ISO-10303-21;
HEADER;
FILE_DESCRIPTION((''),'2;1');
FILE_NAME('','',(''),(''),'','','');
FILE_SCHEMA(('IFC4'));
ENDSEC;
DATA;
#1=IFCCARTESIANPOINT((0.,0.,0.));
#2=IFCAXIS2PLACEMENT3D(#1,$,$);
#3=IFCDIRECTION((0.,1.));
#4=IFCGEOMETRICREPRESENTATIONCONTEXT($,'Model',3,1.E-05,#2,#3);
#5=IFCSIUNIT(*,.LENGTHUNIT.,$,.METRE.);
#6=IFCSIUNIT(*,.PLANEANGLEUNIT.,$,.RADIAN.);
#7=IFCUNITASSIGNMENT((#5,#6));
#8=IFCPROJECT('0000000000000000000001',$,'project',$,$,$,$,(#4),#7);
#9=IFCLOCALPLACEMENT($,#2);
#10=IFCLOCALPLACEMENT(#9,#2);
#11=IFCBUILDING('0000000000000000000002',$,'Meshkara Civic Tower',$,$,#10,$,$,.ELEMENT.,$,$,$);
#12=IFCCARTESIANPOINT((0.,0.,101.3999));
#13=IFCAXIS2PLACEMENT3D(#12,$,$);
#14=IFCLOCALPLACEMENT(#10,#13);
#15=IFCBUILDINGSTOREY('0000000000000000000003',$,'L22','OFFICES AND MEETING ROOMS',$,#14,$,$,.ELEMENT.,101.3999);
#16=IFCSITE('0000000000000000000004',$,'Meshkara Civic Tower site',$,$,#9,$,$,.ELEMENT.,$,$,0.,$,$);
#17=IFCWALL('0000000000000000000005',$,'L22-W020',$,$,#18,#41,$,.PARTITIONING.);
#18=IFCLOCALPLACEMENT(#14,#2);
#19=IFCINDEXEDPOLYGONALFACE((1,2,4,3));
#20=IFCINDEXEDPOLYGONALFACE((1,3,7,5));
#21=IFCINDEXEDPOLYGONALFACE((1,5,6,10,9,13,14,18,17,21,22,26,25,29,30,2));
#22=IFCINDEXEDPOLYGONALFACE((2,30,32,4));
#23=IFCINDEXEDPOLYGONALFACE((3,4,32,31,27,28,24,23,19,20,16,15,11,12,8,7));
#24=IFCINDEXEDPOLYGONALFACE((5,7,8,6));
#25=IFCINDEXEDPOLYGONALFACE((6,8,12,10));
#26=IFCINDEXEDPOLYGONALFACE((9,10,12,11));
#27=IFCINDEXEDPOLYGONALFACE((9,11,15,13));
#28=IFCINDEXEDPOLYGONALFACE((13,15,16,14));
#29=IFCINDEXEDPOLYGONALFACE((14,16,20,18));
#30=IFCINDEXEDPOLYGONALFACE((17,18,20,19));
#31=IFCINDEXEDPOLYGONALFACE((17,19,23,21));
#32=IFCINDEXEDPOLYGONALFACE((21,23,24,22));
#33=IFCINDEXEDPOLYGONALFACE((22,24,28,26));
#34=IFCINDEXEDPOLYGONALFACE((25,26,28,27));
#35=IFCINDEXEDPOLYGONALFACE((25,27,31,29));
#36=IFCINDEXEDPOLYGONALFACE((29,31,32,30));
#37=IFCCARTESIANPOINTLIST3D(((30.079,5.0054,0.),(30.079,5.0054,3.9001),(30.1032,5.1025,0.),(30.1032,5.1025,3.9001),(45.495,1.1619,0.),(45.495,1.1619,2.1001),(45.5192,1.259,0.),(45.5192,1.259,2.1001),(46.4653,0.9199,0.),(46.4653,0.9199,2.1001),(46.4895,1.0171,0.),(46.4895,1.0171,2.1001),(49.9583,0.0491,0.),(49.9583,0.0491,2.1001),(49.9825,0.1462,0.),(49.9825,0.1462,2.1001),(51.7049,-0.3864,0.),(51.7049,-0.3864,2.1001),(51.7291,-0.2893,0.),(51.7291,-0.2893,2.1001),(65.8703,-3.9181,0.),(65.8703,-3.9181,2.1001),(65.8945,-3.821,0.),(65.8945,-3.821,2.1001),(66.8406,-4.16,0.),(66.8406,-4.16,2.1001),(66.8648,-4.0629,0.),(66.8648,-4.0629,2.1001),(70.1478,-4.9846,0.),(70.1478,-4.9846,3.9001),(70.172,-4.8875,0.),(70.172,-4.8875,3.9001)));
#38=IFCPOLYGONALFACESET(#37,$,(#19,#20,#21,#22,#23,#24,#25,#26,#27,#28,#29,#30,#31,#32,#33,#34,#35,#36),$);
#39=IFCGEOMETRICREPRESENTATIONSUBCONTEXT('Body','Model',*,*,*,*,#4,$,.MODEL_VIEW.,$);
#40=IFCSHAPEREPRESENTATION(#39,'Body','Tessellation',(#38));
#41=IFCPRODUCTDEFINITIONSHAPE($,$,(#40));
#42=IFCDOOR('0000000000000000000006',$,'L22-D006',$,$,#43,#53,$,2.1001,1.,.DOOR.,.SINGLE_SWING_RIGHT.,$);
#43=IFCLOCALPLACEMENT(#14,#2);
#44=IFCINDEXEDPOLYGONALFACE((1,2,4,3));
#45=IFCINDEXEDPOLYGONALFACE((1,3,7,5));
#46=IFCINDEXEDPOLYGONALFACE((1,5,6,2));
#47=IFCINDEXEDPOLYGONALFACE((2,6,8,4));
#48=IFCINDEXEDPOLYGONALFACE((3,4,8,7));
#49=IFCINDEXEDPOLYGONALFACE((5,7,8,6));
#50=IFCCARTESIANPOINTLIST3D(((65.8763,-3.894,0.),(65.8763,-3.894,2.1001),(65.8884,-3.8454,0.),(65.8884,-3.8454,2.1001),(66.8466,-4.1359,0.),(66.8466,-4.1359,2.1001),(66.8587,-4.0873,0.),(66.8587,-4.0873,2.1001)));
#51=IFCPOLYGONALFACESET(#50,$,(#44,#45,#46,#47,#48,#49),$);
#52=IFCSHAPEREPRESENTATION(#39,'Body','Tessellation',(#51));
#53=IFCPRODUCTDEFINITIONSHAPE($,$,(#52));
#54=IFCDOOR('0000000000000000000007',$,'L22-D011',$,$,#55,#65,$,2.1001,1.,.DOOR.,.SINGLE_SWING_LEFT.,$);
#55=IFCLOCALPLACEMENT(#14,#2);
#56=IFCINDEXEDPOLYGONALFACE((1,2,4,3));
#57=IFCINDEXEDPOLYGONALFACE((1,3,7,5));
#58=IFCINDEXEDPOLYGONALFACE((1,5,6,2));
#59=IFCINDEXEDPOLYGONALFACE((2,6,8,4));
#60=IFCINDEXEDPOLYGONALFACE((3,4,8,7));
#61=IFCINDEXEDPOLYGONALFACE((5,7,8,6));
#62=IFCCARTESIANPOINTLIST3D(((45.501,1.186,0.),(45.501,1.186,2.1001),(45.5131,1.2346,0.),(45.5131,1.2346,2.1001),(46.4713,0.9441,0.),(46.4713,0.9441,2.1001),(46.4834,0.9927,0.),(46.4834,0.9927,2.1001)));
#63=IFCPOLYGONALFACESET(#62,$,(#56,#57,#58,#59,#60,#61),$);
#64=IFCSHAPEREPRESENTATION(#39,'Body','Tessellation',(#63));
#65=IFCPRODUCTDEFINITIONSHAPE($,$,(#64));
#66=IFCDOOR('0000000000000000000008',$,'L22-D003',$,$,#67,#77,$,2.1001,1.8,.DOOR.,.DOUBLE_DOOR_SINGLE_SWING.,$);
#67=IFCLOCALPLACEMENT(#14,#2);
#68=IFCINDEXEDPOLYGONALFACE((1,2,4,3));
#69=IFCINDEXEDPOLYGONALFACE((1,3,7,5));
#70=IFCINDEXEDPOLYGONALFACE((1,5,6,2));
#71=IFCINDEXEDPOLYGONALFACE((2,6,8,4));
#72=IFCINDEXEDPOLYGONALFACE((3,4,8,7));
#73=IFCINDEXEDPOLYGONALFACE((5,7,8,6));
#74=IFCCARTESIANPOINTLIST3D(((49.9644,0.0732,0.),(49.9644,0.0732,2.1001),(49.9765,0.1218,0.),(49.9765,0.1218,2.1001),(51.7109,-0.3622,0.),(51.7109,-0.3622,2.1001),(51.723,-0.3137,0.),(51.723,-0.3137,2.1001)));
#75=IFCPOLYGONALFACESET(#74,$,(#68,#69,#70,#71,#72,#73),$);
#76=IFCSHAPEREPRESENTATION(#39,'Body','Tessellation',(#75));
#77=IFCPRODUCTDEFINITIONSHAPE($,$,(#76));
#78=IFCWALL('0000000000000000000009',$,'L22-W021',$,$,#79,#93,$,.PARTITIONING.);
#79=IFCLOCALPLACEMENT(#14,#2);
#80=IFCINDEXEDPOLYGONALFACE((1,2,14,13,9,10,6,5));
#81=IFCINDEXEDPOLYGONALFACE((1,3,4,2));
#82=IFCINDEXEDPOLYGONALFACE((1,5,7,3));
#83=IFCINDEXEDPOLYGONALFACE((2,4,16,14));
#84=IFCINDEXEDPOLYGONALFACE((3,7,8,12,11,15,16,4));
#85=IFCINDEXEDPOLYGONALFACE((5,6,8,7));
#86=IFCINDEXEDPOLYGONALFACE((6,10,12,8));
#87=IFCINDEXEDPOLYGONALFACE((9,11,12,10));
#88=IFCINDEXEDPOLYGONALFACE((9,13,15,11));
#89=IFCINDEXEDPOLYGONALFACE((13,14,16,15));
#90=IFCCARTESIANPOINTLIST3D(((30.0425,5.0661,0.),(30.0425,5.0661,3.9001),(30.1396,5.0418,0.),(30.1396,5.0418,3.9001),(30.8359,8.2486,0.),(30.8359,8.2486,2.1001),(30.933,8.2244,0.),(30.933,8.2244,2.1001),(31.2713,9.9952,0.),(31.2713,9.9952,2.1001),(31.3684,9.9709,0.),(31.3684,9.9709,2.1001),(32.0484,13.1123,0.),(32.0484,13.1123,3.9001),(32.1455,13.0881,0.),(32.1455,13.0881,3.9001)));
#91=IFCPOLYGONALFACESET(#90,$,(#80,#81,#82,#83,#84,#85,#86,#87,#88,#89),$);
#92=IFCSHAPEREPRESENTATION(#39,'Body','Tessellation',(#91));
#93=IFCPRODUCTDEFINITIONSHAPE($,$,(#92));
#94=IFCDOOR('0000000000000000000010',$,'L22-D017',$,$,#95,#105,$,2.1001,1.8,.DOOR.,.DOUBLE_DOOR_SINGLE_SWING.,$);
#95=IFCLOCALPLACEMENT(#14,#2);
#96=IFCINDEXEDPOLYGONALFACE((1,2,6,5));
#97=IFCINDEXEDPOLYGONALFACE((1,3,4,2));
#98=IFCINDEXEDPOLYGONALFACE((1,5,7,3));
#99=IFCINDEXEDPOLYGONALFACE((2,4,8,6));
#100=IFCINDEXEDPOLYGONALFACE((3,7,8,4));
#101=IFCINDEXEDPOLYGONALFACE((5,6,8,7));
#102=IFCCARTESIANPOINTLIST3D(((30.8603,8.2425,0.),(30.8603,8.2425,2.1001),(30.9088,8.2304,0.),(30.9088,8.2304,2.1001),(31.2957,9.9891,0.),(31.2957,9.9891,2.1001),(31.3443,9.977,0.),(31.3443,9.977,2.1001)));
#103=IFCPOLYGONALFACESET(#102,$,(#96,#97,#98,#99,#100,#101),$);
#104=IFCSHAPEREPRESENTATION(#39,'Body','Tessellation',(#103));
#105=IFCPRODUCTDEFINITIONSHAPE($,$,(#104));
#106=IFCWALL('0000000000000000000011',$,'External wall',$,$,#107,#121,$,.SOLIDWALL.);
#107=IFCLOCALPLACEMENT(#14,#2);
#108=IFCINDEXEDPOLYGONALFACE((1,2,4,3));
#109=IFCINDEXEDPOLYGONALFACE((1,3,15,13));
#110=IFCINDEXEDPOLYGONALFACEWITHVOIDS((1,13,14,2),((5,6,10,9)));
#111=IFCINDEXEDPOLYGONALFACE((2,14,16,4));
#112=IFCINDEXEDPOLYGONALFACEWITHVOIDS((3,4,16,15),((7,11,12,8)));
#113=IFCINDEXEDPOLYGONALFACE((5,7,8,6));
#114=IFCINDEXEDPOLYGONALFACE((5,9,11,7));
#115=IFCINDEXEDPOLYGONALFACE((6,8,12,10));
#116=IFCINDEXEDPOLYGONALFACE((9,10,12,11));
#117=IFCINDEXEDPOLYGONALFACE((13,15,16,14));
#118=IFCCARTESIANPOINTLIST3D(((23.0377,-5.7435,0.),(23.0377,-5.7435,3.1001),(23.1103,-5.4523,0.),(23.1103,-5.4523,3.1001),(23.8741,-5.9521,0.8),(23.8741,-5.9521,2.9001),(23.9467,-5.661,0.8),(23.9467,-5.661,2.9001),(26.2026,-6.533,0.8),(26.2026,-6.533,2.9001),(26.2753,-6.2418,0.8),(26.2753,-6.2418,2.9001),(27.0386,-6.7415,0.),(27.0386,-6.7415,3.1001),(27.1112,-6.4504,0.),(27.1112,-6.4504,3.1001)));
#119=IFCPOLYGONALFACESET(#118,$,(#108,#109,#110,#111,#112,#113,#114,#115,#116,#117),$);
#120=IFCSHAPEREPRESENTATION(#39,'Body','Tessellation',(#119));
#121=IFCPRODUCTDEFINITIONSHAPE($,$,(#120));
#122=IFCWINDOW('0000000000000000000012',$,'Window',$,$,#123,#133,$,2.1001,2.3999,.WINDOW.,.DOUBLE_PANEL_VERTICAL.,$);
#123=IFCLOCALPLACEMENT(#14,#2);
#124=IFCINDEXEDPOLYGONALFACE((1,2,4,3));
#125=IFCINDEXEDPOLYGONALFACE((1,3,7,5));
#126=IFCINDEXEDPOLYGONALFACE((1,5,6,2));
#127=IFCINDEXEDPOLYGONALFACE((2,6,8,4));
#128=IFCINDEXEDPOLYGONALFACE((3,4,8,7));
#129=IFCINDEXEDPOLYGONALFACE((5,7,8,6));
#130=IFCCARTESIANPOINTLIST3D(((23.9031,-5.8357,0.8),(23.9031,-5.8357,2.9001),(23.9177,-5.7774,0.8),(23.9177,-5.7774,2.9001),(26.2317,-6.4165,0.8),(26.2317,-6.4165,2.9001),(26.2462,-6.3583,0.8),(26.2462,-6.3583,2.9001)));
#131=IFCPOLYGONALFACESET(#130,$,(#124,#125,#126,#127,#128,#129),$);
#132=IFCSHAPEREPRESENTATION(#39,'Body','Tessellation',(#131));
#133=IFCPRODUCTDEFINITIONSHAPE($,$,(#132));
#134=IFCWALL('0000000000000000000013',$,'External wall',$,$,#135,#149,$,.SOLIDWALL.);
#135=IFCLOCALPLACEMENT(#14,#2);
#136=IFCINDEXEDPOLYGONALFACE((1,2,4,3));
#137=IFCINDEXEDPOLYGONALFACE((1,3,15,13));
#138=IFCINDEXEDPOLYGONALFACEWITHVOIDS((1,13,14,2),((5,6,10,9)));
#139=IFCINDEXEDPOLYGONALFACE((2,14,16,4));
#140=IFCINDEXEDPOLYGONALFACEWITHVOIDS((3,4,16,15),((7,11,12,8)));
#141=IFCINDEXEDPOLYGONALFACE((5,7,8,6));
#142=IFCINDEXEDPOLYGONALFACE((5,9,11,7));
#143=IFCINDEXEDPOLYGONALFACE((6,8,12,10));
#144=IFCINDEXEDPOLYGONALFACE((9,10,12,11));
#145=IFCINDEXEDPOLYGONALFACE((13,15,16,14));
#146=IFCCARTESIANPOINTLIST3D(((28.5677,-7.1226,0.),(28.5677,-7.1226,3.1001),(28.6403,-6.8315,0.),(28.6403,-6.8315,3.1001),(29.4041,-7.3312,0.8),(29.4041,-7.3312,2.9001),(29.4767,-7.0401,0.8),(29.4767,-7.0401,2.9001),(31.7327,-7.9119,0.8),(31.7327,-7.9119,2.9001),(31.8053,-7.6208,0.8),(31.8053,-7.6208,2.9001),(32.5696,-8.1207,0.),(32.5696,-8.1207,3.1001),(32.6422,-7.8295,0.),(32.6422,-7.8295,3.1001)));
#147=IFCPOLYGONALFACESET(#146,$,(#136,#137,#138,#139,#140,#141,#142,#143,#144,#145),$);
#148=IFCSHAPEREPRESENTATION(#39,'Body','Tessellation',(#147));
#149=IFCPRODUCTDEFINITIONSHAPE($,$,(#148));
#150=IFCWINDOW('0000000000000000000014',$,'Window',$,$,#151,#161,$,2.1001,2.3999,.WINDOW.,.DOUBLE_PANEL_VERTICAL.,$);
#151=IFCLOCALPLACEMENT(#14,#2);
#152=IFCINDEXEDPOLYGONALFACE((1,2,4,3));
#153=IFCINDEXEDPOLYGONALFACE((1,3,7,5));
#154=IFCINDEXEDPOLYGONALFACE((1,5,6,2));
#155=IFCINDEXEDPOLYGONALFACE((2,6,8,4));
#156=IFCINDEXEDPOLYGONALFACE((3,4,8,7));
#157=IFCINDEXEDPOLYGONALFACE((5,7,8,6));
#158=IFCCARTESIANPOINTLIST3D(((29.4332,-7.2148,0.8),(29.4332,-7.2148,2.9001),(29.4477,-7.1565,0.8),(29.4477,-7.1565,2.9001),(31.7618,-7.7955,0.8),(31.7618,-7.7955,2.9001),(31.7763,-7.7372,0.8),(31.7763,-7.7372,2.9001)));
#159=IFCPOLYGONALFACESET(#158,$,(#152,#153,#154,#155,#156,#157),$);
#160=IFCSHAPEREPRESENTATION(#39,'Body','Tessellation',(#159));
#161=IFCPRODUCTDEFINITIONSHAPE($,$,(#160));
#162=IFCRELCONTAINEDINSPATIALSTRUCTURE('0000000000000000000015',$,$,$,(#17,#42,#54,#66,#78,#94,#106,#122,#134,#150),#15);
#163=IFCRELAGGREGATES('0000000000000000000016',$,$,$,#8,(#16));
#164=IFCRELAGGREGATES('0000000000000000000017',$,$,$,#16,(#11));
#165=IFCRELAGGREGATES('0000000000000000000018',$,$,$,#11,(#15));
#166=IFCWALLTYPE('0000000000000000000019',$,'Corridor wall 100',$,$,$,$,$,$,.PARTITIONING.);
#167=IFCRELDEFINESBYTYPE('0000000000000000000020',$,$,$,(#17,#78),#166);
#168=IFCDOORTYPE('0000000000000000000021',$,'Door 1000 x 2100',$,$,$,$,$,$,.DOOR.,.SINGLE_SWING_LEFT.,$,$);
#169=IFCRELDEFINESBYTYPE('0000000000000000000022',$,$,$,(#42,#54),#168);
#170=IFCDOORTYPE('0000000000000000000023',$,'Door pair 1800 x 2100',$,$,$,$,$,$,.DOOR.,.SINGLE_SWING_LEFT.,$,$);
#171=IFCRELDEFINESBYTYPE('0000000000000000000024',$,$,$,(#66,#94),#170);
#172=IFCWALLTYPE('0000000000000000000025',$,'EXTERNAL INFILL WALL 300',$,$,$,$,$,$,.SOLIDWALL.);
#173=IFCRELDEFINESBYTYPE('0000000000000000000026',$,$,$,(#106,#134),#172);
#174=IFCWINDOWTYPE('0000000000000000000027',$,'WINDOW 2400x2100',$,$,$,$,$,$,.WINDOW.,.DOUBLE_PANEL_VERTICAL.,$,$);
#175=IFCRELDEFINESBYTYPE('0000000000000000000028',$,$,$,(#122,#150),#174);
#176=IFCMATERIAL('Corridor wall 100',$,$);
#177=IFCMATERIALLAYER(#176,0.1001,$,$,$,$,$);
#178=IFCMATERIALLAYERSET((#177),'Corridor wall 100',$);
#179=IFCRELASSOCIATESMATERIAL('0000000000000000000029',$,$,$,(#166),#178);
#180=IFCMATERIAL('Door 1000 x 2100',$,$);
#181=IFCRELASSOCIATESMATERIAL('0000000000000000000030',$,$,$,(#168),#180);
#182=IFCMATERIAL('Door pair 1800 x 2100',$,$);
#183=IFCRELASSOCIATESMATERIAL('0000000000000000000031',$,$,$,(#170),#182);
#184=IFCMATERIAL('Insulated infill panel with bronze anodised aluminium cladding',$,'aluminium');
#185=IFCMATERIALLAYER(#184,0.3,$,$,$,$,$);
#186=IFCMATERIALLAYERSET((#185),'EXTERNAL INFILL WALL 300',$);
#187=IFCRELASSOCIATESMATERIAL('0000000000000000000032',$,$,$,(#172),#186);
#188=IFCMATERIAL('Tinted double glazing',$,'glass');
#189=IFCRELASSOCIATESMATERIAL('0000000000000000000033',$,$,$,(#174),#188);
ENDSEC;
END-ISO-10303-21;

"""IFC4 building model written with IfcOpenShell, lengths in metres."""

from ifc_helpers import new_model, si_unit, direction, frame, frame_2d, origin, place, context, subcontext, project, spatial, rectangle, extrude, material, layer, layer_set, type_object, element, fill, save


model = new_model("IFC4")

# Units and contexts
model_context = context("Model", 3, precision=1e-05, world=origin(), true_north=direction((0.0, 1.0)))
body_context = subcontext(model_context, "Body", "Model", "MODEL_VIEW")
ifc_project = project(units=[si_unit("LENGTHUNIT", "METRE"), si_unit("PLANEANGLEUNIT", "RADIAN")], contexts=[model_context])

# Site, building, storey
site_placement = place(None, origin())
site = spatial("IfcSite", under=ifc_project, at=site_placement, Name="Meshkara Civic Tower site", CompositionType="ELEMENT", RefElevation=0.0)
building_placement = place(site_placement, origin())
building = spatial("IfcBuilding", under=site, at=building_placement, Name="Meshkara Civic Tower", CompositionType="ELEMENT")
storey_placement = place(building_placement, frame((0.0, 0.0, 101.3999)))
storey = spatial("IfcBuildingStorey", under=building, at=storey_placement, Name="L22", Description="OFFICES AND MEETING ROOMS", CompositionType="ELEMENT", Elevation=101.3999)

# Wall, openings, doors
ifc_material_1 = material(Name="Corridor wall 100")
ifc_layer_1 = layer(ifc_material_1, 0.1001)
ifc_layer_set_1 = layer_set([ifc_layer_1], Name="Corridor wall 100")
wall_type_1 = type_object("IfcWallType", Name="Corridor wall 100", PredefinedType="PARTITIONING", material=ifc_layer_set_1)
wall_1_placement = place(storey_placement, frame((30.0911, 5.054, 0.0), z_axis=(0.0, 0.0, 1.0), x_axis=(0.970297, -0.241915, 0.0)))
wall_1 = element("IfcWall", 1, at=wall_1_placement, inside=storey, type_object=wall_type_1, Name="L22-W020", PredefinedType="PARTITIONING", context=body_context, shape_type="SweptSolid", body=[
    extrude(rectangle(XDim=41.2954, YDim=0.1001, at=frame_2d((20.6477, 0.0))), origin(), (0.0, 0.0, 1.0), 3.9001),
])
opening_1_placement = place(wall_1_placement, frame((20.488, 0.0, 0.0)))
opening_1 = element("IfcOpeningElement", 2, at=opening_1_placement, cuts=wall_1, PredefinedType="OPENING", context=body_context, shape_type="SweptSolid", body=[
    extrude(rectangle(XDim=1.8, YDim=2.1001, at=frame_2d((0.8999, 1.05))), frame((0.0, 0.0601, 0.0), z_axis=(0.0, -1.0, 0.0), x_axis=(1.0, 0.0, 0.0)), (0.0, 0.0, 1.0), 0.1201),
])
opening_2_placement = place(wall_1_placement, frame((36.887, 0.0, 0.0)))
opening_2 = element("IfcOpeningElement", 3, at=opening_2_placement, cuts=wall_1, PredefinedType="OPENING", context=body_context, shape_type="SweptSolid", body=[
    extrude(rectangle(XDim=1.0, YDim=2.1001, at=frame_2d((0.5, 1.05))), frame((0.0, 0.0601, 0.0), z_axis=(0.0, -1.0, 0.0), x_axis=(1.0, 0.0, 0.0)), (0.0, 0.0, 1.0), 0.1201),
])
opening_3_placement = place(wall_1_placement, frame((15.8879, 0.0, 0.0)))
opening_3 = element("IfcOpeningElement", 4, at=opening_3_placement, cuts=wall_1, PredefinedType="OPENING", context=body_context, shape_type="SweptSolid", body=[
    extrude(rectangle(XDim=1.0, YDim=2.1001, at=frame_2d((0.5, 1.05))), frame((0.0, 0.0601, 0.0), z_axis=(0.0, -1.0, 0.0), x_axis=(1.0, 0.0, 0.0)), (0.0, 0.0, 1.0), 0.1201),
])
ifc_material_2 = material(Name="Door 1000 x 2100")
door_type_1 = type_object("IfcDoorType", Name="Door 1000 x 2100", OperationType="SINGLE_SWING_LEFT", PredefinedType="DOOR", material=ifc_material_2)
door_1_placement = place(opening_2_placement, origin())
door_1 = element("IfcDoor", 5, at=door_1_placement, inside=storey, type_object=door_type_1, Name="L22-D006", OperationType="SINGLE_SWING_RIGHT", OverallHeight=2.1001, OverallWidth=1.0, PredefinedType="DOOR", context=body_context, shape_type="SweptSolid", body=[
    extrude(rectangle(XDim=1.0, YDim=2.1001, at=frame_2d((0.5, 1.05))), frame((0.0, 0.0249, 0.0), z_axis=(0.0, -1.0, 0.0), x_axis=(1.0, 0.0, 0.0)), (0.0, 0.0, 1.0), 0.05),
])
fill(opening_2, door_1)
door_2_placement = place(opening_3_placement, origin())
door_2 = element("IfcDoor", 6, at=door_2_placement, inside=storey, type_object=door_type_1, Name="L22-D011", OperationType="SINGLE_SWING_LEFT", OverallHeight=2.1001, OverallWidth=1.0, PredefinedType="DOOR", context=body_context, shape_type="SweptSolid", body=[
    extrude(rectangle(XDim=1.0, YDim=2.1001, at=frame_2d((0.5, 1.05))), frame((0.0, 0.0249, 0.0), z_axis=(0.0, -1.0, 0.0), x_axis=(1.0, 0.0, 0.0)), (0.0, 0.0, 1.0), 0.05),
])
fill(opening_3, door_2)
ifc_material_3 = material(Name="Door pair 1800 x 2100")
door_type_2 = type_object("IfcDoorType", Name="Door pair 1800 x 2100", OperationType="SINGLE_SWING_LEFT", PredefinedType="DOOR", material=ifc_material_3)
door_3_placement = place(opening_1_placement, origin())
door_3 = element("IfcDoor", 7, at=door_3_placement, inside=storey, type_object=door_type_2, Name="L22-D003", OperationType="DOUBLE_DOOR_SINGLE_SWING", OverallHeight=2.1001, OverallWidth=1.8, PredefinedType="DOOR", context=body_context, shape_type="SweptSolid", body=[
    extrude(rectangle(XDim=1.8, YDim=2.1001, at=frame_2d((0.8999, 1.05))), frame((0.0, 0.0249, 0.0), z_axis=(0.0, -1.0, 0.0), x_axis=(1.0, 0.0, 0.0)), (0.0, 0.0, 1.0), 0.05),
])
fill(opening_1, door_3)

# Wall, opening, door
wall_2_placement = place(storey_placement, frame((30.0911, 5.054, 0.0), z_axis=(0.0, 0.0, 1.0), x_axis=(0.241891, 0.970303, 0.0)))
wall_2 = element("IfcWall", 8, at=wall_2_placement, inside=storey, type_object=wall_type_1, Name="L22-W021", PredefinedType="PARTITIONING", context=body_context, shape_type="SweptSolid", body=[
    extrude(rectangle(XDim=8.2925, YDim=0.1001, at=frame_2d((4.1462, 0.0))), origin(), (0.0, 0.0, 1.0), 3.9001),
])
opening_4_placement = place(wall_2_placement, frame((3.28, 0.0, 0.0)))
opening_4 = element("IfcOpeningElement", 9, at=opening_4_placement, cuts=wall_2, PredefinedType="OPENING", context=body_context, shape_type="SweptSolid", body=[
    extrude(rectangle(XDim=1.8, YDim=2.1001, at=frame_2d((0.8999, 1.05))), frame((0.0, 0.0601, 0.0), z_axis=(0.0, -1.0, 0.0), x_axis=(1.0, 0.0, 0.0)), (0.0, 0.0, 1.0), 0.1201),
])
door_4_placement = place(opening_4_placement, origin())
door_4 = element("IfcDoor", 10, at=door_4_placement, inside=storey, type_object=door_type_2, Name="L22-D017", OperationType="DOUBLE_DOOR_SINGLE_SWING", OverallHeight=2.1001, OverallWidth=1.8, PredefinedType="DOOR", context=body_context, shape_type="SweptSolid", body=[
    extrude(rectangle(XDim=1.8, YDim=2.1001, at=frame_2d((0.8999, 1.05))), frame((0.0, 0.0249, 0.0), z_axis=(0.0, -1.0, 0.0), x_axis=(1.0, 0.0, 0.0)), (0.0, 0.0, 1.0), 0.05),
])
fill(opening_4, door_4)

# Walls, openings, windows
ifc_material_4 = material(Name="Insulated infill panel with bronze anodised aluminium cladding", Category="aluminium")
ifc_layer_2 = layer(ifc_material_4, 0.3)
ifc_layer_set_2 = layer_set([ifc_layer_2], Name="EXTERNAL INFILL WALL 300")
wall_type_2 = type_object("IfcWallType", Name="EXTERNAL INFILL WALL 300", PredefinedType="SOLIDWALL", material=ifc_layer_set_2)
wall_3_placement = place(storey_placement, frame((23.074, -5.5979, 0.0), z_axis=(0.0, 0.0, 1.0), x_axis=(0.970268, -0.242034, 0.0)))
wall_3 = element("IfcWall", 11, at=wall_3_placement, inside=storey, type_object=wall_type_2, Name="External wall", PredefinedType="SOLIDWALL", context=body_context, shape_type="SweptSolid", body=[
    extrude(rectangle(XDim=4.1235, YDim=0.3, at=frame_2d((2.0618, 0.0))), origin(), (0.0, 0.0, 1.0), 3.1001),
])
opening_5_placement = place(wall_3_placement, frame((0.8621, 0.0, 0.8)))
opening_5 = element("IfcOpeningElement", 12, at=opening_5_placement, cuts=wall_3, PredefinedType="OPENING", context=body_context, shape_type="SweptSolid", body=[
    extrude(rectangle(XDim=2.3999, YDim=2.1001, at=frame_2d((1.2, 1.05))), frame((0.0, 0.1599, 0.0), z_axis=(0.0, -1.0, 0.0), x_axis=(1.0, 0.0, 0.0)), (0.0, 0.0, 1.0), 0.3201),
])
ifc_material_5 = material(Name="Tinted double glazing", Category="glass")
window_type = type_object("IfcWindowType", Name="WINDOW 2400x2100", PartitioningType="DOUBLE_PANEL_VERTICAL", PredefinedType="WINDOW", material=ifc_material_5)
window_1_placement = place(opening_5_placement, origin())
window_1 = element("IfcWindow", 13, at=window_1_placement, inside=storey, type_object=window_type, Name="Window", OverallHeight=2.1001, OverallWidth=2.3999, PartitioningType="DOUBLE_PANEL_VERTICAL", PredefinedType="WINDOW", context=body_context, shape_type="SweptSolid", body=[
    extrude(rectangle(XDim=2.3999, YDim=2.1001, at=frame_2d((1.2, 1.05))), frame((0.0, 0.03, 0.0), z_axis=(0.0, -1.0, 0.0), x_axis=(1.0, 0.0, 0.0)), (0.0, 0.0, 1.0), 0.0601),
])
fill(opening_5, window_1)
wall_4_placement = place(storey_placement, frame((28.604, -6.9771, 0.0), z_axis=(0.0, 0.0, 1.0), x_axis=(0.970282, -0.241978, 0.0)))
wall_4 = element("IfcWall", 14, at=wall_4_placement, inside=storey, type_object=wall_type_2, Name="External wall", PredefinedType="SOLIDWALL", context=body_context, shape_type="SweptSolid", body=[
    extrude(rectangle(XDim=4.1245, YDim=0.3, at=frame_2d((2.0623, 0.0))), origin(), (0.0, 0.0, 1.0), 3.1001),
])
opening_6_placement = place(wall_4_placement, frame((0.8621, 0.0, 0.8)))
opening_6 = element("IfcOpeningElement", 15, at=opening_6_placement, cuts=wall_4, PredefinedType="OPENING", context=body_context, shape_type="SweptSolid", body=[
    extrude(rectangle(XDim=2.3999, YDim=2.1001, at=frame_2d((1.2, 1.05))), frame((0.0, 0.1599, 0.0), z_axis=(0.0, -1.0, 0.0), x_axis=(1.0, 0.0, 0.0)), (0.0, 0.0, 1.0), 0.3201),
])
window_2_placement = place(opening_6_placement, origin())
window_2 = element("IfcWindow", 16, at=window_2_placement, inside=storey, type_object=window_type, Name="Window", OverallHeight=2.1001, OverallWidth=2.3999, PartitioningType="DOUBLE_PANEL_VERTICAL", PredefinedType="WINDOW", context=body_context, shape_type="SweptSolid", body=[
    extrude(rectangle(XDim=2.3999, YDim=2.1001, at=frame_2d((1.2, 1.05))), frame((0.0, 0.03, 0.0), z_axis=(0.0, -1.0, 0.0), x_axis=(1.0, 0.0, 0.0)), (0.0, 0.0, 1.0), 0.0601),
])
fill(opening_6, window_2)

save(model, "model.ifc")
